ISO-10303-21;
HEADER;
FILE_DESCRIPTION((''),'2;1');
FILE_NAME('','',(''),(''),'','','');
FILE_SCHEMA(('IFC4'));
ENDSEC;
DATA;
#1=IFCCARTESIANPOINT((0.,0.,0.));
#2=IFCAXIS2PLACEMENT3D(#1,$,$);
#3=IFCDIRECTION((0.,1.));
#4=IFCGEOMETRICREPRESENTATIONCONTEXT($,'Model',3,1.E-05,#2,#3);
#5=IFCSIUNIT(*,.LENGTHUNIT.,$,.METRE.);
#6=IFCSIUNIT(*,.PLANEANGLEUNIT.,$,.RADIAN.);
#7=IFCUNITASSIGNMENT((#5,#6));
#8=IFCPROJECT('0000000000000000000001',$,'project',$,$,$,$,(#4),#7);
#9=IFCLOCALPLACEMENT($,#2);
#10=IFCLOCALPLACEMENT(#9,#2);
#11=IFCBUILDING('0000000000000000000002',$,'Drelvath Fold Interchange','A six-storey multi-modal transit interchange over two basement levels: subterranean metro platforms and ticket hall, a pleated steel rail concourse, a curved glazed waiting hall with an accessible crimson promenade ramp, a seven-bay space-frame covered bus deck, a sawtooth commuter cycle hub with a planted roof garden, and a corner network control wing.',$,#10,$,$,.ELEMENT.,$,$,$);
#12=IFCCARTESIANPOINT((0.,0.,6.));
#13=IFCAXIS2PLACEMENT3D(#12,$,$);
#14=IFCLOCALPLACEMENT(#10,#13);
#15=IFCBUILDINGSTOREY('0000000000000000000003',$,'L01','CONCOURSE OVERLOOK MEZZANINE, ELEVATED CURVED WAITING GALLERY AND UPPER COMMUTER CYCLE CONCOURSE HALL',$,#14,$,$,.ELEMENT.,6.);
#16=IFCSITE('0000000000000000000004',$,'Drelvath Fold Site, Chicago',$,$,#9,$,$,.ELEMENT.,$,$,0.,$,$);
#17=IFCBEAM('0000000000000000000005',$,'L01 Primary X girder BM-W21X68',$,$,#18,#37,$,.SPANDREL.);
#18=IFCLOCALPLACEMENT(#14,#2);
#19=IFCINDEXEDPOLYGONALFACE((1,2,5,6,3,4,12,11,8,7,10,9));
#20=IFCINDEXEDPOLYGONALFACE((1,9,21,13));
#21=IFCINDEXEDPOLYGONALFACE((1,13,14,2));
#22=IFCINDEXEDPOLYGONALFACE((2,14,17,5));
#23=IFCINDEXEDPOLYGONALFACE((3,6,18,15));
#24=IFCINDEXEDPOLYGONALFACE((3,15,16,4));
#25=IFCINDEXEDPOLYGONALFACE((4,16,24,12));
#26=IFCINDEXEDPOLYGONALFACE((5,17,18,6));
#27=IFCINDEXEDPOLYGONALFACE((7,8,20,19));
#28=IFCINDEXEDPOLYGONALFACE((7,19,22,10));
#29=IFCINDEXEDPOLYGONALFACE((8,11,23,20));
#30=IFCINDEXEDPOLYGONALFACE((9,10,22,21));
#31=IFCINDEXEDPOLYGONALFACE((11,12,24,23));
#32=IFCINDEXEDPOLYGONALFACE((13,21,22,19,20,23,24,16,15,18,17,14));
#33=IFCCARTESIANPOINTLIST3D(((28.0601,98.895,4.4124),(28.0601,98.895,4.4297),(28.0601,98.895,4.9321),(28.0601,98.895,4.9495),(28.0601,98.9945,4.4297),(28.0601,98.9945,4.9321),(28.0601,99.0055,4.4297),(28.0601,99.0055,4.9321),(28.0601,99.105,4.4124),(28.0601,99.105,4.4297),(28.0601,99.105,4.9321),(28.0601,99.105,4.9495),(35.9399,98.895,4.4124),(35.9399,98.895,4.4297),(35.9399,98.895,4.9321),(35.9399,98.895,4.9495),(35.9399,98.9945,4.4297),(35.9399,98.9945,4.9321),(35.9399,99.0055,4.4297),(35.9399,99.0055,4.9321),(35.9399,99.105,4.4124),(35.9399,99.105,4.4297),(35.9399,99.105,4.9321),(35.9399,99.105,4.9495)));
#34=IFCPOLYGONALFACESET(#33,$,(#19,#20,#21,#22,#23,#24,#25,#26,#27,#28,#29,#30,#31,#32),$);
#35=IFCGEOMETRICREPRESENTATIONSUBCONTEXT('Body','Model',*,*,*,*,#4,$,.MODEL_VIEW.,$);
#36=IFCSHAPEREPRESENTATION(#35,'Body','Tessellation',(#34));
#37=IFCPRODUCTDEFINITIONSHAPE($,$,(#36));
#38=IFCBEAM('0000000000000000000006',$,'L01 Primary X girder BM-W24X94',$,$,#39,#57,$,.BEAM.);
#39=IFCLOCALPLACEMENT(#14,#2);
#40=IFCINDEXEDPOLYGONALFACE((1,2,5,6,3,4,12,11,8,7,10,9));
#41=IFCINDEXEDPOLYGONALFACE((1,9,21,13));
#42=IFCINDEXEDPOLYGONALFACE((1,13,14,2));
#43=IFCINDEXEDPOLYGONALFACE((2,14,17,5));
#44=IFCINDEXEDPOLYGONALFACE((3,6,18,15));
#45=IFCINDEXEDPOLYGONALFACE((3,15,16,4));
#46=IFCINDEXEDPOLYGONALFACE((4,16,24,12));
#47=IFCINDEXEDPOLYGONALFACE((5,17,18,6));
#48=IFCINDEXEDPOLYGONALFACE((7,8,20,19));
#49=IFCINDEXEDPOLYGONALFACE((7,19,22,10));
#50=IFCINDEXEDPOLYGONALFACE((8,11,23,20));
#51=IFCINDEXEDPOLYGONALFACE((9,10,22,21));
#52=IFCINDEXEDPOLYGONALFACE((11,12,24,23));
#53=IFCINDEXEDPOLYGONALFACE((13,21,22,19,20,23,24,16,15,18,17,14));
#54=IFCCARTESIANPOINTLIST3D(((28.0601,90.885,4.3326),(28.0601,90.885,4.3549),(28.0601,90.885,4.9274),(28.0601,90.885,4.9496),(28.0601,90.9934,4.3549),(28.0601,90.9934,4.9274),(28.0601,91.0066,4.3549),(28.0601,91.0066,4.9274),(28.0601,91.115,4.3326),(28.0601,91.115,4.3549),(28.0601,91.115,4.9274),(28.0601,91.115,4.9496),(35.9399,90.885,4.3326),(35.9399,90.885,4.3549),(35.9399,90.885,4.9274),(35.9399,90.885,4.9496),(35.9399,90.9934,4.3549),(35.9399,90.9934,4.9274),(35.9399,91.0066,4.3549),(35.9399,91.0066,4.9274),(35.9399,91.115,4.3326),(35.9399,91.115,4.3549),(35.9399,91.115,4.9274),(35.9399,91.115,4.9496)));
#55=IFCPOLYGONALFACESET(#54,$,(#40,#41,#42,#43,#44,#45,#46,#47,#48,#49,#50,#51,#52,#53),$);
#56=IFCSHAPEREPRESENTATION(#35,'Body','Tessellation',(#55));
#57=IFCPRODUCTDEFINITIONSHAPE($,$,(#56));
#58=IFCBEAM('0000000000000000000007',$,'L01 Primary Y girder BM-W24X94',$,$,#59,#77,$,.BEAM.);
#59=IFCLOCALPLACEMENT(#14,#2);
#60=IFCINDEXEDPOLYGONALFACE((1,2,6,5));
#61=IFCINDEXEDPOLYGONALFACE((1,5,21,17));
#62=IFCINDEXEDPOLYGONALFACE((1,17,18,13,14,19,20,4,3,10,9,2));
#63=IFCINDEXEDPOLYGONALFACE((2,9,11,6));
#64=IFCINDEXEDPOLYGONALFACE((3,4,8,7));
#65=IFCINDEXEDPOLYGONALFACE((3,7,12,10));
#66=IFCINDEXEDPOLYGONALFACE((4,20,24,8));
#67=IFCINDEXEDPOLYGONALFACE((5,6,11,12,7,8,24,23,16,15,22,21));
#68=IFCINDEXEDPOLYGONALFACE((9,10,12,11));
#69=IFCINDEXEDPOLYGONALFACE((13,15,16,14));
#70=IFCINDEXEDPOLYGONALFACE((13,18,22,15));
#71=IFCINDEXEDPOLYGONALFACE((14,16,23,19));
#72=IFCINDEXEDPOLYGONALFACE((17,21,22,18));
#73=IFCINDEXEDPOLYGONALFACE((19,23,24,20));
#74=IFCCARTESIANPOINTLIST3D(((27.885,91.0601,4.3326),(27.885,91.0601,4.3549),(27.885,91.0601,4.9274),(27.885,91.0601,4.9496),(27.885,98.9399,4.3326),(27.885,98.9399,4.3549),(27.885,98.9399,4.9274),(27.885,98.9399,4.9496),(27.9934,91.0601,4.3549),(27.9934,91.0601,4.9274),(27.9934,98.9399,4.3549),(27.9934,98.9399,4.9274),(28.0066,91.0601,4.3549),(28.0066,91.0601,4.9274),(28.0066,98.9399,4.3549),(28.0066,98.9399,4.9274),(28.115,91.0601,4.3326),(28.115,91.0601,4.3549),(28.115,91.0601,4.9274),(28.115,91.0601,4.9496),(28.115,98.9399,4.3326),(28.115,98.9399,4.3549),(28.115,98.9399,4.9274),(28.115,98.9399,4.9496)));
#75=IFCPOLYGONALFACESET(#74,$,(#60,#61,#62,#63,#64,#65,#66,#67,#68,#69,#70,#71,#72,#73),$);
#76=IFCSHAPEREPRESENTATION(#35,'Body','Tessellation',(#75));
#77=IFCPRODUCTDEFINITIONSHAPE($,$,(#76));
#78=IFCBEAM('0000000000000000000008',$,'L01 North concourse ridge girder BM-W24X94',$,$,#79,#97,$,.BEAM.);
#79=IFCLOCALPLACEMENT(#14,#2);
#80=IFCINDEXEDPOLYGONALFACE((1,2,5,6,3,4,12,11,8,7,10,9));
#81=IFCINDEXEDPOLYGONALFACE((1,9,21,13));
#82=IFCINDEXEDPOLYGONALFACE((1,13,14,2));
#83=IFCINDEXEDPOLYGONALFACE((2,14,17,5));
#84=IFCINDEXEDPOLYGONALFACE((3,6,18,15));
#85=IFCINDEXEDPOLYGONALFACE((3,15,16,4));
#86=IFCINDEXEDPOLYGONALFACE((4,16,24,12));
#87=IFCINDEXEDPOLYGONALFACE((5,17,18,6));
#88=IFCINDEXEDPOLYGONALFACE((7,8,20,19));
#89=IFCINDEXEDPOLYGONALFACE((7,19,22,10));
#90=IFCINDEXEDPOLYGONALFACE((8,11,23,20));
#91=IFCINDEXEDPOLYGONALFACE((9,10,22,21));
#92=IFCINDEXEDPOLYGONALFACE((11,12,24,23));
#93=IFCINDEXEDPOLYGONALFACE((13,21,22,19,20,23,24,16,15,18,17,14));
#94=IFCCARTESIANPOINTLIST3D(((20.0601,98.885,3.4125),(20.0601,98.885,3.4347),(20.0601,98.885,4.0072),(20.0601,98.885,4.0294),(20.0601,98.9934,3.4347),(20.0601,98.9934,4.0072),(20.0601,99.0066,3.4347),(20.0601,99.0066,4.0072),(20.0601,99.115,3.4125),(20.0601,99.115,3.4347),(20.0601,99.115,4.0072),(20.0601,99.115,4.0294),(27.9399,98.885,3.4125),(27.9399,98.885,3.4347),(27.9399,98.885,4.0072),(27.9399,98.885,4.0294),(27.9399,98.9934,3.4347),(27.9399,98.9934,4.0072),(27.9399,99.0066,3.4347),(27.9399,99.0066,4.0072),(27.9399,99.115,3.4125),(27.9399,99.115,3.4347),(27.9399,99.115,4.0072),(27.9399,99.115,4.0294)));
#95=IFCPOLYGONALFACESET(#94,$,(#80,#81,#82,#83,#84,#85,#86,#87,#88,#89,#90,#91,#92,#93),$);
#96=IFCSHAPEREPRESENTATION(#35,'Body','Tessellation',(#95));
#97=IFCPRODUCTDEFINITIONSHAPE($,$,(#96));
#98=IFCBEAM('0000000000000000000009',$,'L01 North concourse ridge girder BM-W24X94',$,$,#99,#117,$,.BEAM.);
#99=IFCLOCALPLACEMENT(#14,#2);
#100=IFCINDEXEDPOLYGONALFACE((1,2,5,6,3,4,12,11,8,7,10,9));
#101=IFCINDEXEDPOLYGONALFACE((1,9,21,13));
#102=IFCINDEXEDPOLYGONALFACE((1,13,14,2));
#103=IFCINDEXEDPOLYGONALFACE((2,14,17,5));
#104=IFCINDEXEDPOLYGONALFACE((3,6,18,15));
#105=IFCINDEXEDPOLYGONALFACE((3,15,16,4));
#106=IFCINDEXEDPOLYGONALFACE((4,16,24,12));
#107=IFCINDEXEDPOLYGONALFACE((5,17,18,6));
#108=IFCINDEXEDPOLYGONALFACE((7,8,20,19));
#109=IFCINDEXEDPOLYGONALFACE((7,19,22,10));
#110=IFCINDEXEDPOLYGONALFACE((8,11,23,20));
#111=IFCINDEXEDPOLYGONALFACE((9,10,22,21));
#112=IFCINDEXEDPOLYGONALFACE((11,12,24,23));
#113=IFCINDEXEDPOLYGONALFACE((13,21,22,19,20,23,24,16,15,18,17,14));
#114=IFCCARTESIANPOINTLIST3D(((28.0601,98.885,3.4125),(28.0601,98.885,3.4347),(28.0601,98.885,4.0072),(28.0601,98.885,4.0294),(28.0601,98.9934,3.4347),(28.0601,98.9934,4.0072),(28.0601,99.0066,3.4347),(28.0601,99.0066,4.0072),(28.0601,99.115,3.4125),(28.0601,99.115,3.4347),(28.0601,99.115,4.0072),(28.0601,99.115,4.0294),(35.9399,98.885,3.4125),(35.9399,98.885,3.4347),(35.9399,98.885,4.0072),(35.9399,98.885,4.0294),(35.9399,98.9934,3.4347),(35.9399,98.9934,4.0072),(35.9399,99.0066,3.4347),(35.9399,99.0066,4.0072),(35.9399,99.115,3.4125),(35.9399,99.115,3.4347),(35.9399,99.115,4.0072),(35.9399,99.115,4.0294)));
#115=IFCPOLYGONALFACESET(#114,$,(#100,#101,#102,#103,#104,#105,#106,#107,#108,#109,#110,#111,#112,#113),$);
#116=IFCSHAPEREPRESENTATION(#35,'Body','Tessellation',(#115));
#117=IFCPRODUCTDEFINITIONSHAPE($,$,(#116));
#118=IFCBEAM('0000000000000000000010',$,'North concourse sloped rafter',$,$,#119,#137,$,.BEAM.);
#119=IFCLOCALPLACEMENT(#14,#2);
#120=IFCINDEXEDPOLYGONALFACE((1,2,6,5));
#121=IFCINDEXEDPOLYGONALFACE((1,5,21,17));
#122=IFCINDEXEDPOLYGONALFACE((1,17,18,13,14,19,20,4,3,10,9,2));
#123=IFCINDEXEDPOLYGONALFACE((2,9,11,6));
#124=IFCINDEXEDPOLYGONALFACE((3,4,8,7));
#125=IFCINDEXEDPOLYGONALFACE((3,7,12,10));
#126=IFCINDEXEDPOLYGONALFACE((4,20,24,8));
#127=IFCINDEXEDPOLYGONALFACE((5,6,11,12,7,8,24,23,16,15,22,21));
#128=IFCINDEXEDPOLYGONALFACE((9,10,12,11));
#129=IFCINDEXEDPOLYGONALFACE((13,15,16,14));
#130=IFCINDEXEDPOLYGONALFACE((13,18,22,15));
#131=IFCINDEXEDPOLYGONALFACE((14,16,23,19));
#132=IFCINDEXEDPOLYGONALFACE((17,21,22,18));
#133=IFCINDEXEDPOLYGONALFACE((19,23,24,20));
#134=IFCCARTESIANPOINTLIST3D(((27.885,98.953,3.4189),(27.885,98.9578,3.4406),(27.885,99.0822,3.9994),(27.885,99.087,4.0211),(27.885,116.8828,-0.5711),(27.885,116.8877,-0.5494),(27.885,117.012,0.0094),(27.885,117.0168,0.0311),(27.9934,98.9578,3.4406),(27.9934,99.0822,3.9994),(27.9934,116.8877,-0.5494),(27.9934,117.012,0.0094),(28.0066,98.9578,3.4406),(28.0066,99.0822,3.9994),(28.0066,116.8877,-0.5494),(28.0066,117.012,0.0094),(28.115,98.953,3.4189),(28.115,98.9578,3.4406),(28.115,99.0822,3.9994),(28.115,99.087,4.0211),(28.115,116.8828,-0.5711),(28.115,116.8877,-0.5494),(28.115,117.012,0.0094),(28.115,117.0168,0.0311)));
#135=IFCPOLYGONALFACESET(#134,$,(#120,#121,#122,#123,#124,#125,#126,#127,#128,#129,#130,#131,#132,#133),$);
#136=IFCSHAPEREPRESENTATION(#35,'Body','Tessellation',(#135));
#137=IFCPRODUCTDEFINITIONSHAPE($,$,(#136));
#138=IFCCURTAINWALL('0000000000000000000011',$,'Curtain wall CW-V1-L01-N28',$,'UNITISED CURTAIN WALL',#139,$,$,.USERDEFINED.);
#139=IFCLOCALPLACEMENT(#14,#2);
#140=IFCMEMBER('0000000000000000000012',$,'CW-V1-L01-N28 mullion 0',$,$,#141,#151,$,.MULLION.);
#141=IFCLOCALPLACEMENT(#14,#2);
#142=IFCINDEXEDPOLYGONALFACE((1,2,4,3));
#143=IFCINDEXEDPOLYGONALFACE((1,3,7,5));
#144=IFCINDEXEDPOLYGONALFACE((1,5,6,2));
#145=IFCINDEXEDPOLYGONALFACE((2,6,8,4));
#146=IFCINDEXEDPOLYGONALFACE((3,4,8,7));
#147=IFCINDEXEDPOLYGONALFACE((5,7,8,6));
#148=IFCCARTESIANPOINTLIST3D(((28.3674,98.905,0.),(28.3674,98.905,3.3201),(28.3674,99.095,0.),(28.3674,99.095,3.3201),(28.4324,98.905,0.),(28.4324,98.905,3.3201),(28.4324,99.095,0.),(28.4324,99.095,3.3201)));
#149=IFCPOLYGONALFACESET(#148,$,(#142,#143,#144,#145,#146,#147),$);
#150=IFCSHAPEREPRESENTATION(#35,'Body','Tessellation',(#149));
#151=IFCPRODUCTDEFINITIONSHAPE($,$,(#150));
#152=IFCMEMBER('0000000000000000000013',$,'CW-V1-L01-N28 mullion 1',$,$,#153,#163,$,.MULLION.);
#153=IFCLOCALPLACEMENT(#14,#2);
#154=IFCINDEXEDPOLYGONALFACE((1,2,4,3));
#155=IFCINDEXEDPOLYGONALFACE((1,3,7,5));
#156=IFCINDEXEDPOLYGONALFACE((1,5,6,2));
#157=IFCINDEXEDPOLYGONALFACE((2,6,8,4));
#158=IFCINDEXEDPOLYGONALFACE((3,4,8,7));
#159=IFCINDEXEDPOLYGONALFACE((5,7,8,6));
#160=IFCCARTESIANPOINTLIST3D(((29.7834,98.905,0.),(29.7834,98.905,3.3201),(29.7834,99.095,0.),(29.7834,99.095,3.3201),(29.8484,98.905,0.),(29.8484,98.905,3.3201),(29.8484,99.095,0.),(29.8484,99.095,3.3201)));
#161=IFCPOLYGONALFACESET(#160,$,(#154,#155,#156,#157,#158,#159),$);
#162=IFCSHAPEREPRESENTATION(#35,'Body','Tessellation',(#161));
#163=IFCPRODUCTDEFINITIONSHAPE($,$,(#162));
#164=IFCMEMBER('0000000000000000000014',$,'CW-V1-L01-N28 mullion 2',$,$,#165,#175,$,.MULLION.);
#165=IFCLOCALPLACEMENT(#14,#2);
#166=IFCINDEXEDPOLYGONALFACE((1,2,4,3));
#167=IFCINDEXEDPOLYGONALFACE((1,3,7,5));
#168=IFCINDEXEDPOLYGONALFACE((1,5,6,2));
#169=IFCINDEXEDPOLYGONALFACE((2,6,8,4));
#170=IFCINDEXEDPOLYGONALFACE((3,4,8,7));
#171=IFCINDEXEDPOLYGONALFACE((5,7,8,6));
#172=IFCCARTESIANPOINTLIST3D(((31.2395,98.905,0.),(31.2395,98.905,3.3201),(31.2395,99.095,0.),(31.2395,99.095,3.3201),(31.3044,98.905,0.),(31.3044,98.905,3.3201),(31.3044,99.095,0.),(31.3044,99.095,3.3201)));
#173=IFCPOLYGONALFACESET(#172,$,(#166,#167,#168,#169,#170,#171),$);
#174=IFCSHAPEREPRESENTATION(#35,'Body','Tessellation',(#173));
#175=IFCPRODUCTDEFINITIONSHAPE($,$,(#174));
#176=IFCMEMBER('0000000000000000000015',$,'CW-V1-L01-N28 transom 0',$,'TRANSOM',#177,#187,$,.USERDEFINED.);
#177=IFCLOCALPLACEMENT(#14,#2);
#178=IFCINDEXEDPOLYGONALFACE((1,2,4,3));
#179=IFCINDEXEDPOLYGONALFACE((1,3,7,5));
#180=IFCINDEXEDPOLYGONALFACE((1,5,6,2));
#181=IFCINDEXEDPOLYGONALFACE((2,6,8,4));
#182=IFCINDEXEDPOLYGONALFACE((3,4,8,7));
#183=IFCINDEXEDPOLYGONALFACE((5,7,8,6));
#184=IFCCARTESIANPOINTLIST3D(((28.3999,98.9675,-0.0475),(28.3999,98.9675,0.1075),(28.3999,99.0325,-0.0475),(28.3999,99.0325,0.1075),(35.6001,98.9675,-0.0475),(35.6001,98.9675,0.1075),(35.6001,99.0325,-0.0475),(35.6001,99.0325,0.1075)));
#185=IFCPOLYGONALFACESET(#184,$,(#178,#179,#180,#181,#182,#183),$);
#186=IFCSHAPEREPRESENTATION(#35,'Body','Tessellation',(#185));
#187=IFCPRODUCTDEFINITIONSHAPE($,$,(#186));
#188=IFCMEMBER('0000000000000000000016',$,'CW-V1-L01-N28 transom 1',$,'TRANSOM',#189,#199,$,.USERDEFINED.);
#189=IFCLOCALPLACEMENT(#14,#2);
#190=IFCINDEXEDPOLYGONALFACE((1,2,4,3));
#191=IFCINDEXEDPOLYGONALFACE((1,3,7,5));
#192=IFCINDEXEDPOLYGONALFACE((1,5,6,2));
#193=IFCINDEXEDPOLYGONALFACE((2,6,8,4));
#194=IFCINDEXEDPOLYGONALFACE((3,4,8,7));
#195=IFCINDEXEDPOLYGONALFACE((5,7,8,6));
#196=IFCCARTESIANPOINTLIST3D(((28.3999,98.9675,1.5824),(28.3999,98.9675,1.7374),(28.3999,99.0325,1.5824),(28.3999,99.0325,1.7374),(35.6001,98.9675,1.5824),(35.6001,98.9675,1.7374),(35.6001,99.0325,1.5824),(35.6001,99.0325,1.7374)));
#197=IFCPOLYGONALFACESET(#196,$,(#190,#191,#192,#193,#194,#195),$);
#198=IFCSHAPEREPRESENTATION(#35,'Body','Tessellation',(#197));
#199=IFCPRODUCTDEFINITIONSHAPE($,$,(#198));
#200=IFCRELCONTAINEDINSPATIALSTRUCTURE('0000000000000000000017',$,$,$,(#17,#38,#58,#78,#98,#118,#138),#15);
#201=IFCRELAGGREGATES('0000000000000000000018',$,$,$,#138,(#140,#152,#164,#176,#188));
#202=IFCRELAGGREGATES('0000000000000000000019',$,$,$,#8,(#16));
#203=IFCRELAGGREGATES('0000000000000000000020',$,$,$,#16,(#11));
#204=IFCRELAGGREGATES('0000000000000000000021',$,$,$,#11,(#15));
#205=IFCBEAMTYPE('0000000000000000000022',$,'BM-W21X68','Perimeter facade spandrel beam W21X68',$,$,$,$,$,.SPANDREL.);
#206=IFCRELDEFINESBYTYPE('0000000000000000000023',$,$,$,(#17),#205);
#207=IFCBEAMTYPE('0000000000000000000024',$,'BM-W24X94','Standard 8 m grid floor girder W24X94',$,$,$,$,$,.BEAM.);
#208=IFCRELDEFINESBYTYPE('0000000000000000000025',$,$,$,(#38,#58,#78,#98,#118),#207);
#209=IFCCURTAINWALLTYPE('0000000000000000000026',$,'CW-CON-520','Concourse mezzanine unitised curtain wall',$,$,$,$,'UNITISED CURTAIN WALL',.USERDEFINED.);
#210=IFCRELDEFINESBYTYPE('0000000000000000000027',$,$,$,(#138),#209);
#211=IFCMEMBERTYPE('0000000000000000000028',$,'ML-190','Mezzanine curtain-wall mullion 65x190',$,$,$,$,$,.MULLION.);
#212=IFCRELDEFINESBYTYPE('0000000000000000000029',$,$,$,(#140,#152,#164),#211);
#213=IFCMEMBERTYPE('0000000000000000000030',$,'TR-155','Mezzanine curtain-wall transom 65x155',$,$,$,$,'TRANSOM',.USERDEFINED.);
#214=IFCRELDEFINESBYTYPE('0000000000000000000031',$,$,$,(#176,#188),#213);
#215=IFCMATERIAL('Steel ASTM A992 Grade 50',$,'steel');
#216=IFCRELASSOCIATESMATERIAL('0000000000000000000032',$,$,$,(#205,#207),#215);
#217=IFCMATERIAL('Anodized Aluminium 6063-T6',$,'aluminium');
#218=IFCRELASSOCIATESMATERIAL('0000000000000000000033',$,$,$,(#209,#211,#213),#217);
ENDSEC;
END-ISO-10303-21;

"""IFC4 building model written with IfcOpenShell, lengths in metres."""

from ifc_helpers import new_model, si_unit, direction, frame, origin, origin_2d, place, context, subcontext, project, spatial, rectangle, i_section, extrude, material, material_profile, profile_set, type_object, element, aggregate, save


model = new_model("IFC4")

# Units and contexts
model_context = context("Model", 3, precision=1e-05, world=origin(), true_north=direction((0.0, 1.0)))
body_context = subcontext(model_context, "Body", "Model", "MODEL_VIEW")
ifc_project = project(units=[si_unit("LENGTHUNIT", "METRE"), si_unit("PLANEANGLEUNIT", "RADIAN")], contexts=[model_context])

# Site, building, storey
site_placement = place(None, origin())
site = spatial("IfcSite", under=ifc_project, at=site_placement, Name="Drelvath Fold Site, Chicago", CompositionType="ELEMENT", RefElevation=0.0)
building_placement = place(site_placement, origin())
building = spatial("IfcBuilding", under=site, at=building_placement, Name="Drelvath Fold Interchange", Description="A six-storey multi-modal transit interchange over two basement levels: subterranean metro platforms and ticket hall, a pleated steel rail concourse, a curved glazed waiting hall with an accessible crimson promenade ramp, a seven-bay space-frame covered bus deck, a sawtooth commuter cycle hub with a planted roof garden, and a corner network control wing.", CompositionType="ELEMENT")
storey_placement = place(building_placement, frame((0.0, 0.0, 6.0)))
storey = spatial("IfcBuildingStorey", under=building, at=storey_placement, Name="L01", Description="CONCOURSE OVERLOOK MEZZANINE, ELEVATED CURVED WAITING GALLERY AND UPPER COMMUTER CYCLE CONCOURSE HALL", CompositionType="ELEMENT", Elevation=6.0)

# Beams
ifc_material_1 = material(Name="Steel ASTM A992 Grade 50", Category="steel")
ifc_material_profile_1 = material_profile(ifc_material_1, i_section(OverallWidth=0.21, OverallDepth=0.5371, WebThickness=0.011, FlangeThickness=0.0173, at=origin_2d()), Name="W21X68")
ifc_profile_set_1 = profile_set([ifc_material_profile_1], Name="Steel ASTM A992 Grade 50")
beam_type_1 = type_object("IfcBeamType", Name="BM-W21X68", Description="Perimeter facade spandrel beam W21X68", PredefinedType="SPANDREL", material=ifc_profile_set_1)
for number, where, z_axis, x_axis, name in (
    (1, (28.0601, 99.0, 4.6809), (1.0, 0.0, 0.0), (0.0, 1.0, 0.0), "L01 Primary X girder BM-W21X68"),
):
    element("IfcBeam", number, at=place(storey_placement, frame(where, z_axis=z_axis, x_axis=x_axis)), inside=storey, type_object=beam_type_1, Name=name, PredefinedType="SPANDREL", context=body_context, shape_type="SweptSolid", body=[
        extrude(i_section(OverallWidth=0.21, OverallDepth=0.5371, WebThickness=0.011, FlangeThickness=0.0173, at=origin_2d()), origin(), (0.0, 0.0, 1.0), 7.8799),
    ])
ifc_material_profile_2 = material_profile(ifc_material_1, i_section(OverallWidth=0.23, OverallDepth=0.6169, WebThickness=0.0132, FlangeThickness=0.0222, at=origin_2d()), Name="W24X94")
ifc_profile_set_2 = profile_set([ifc_material_profile_2], Name="Steel ASTM A992 Grade 50")
beam_type_2 = type_object("IfcBeamType", Name="BM-W24X94", Description="Standard 8 m grid floor girder W24X94", PredefinedType="BEAM", material=ifc_profile_set_2)
for number, where, z_axis, x_axis, name in (
    (2, (28.0601, 91.0, 4.6411), (1.0, 0.0, 0.0), (0.0, 1.0, 0.0), "L01 Primary X girder BM-W24X94"),
    (3, (28.0, 91.0601, 4.6411), (0.0, 1.0, 0.0), (-1.0, 0.0, 0.0), "L01 Primary Y girder BM-W24X94"),
    (4, (20.0601, 99.0, 3.7209), (1.0, 0.0, 0.0), (0.0, 1.0, 0.0), "L01 North concourse ridge girder BM-W24X94"),
    (5, (28.0601, 99.0, 3.7209), (1.0, 0.0, 0.0), (0.0, 1.0, 0.0), "L01 North concourse ridge girder BM-W24X94"),
):
    element("IfcBeam", number, at=place(storey_placement, frame(where, z_axis=z_axis, x_axis=x_axis)), inside=storey, type_object=beam_type_2, Name=name, PredefinedType="BEAM", context=body_context, shape_type="SweptSolid", body=[
        extrude(i_section(OverallWidth=0.23, OverallDepth=0.6169, WebThickness=0.0132, FlangeThickness=0.0222, at=origin_2d()), origin(), (0.0, 0.0, 1.0), 7.8799),
    ])
beam_placement = place(storey_placement, frame((28.0, 99.02, 3.72), z_axis=(0.0, 0.976123, -0.217219), x_axis=(-1.0, 0.0, 0.0)))
element("IfcBeam", 6, at=beam_placement, inside=storey, type_object=beam_type_2, Name="North concourse sloped rafter", PredefinedType="BEAM", context=body_context, shape_type="SweptSolid", body=[
    extrude(i_section(OverallWidth=0.23, OverallDepth=0.6169, WebThickness=0.0132, FlangeThickness=0.0222, at=origin_2d()), origin(), (0.0, 0.0, 1.0), 18.3684),
])

# Curtain wall, members
ifc_material_2 = material(Name="Anodized Aluminium 6063-T6", Category="aluminium")
curtain_wall_type = type_object("IfcCurtainWallType", Name="CW-CON-520", Description="Concourse mezzanine unitised curtain wall", ElementType="UNITISED CURTAIN WALL", PredefinedType="USERDEFINED", material=ifc_material_2)
curtain_wall_placement = place(storey_placement, origin())
curtain_wall = element("IfcCurtainWall", 7, at=curtain_wall_placement, inside=storey, type_object=curtain_wall_type, Name="Curtain wall CW-V1-L01-N28", ObjectType="UNITISED CURTAIN WALL", PredefinedType="USERDEFINED")
ifc_material_profile_3 = material_profile(ifc_material_2, rectangle(XDim=0.0649, YDim=0.1899, at=origin_2d()), Name="AL-M 65x190")
ifc_profile_set_3 = profile_set([ifc_material_profile_3], Name="Anodized Aluminium 6063-T6")
member_type_1 = type_object("IfcMemberType", Name="ML-190", Description="Mezzanine curtain-wall mullion 65x190", PredefinedType="MULLION", material=ifc_profile_set_3)
member_1_placement = place(storey_placement, frame((28.3999, 99.0, 0.0), z_axis=(0.0, 0.0, 1.0), x_axis=(1.0, 0.0, 0.0)))
member_1 = element("IfcMember", 8, at=member_1_placement, type_object=member_type_1, Name="CW-V1-L01-N28 mullion 0", PredefinedType="MULLION", context=body_context, shape_type="SweptSolid", body=[
    extrude(rectangle(XDim=0.0649, YDim=0.1899, at=origin_2d()), origin(), (0.0, 0.0, 1.0), 3.3201),
])
member_2_placement = place(storey_placement, frame((29.8159, 99.0, 0.0), z_axis=(0.0, 0.0, 1.0), x_axis=(1.0, 0.0, 0.0)))
member_2 = element("IfcMember", 9, at=member_2_placement, type_object=member_type_1, Name="CW-V1-L01-N28 mullion 1", PredefinedType="MULLION", context=body_context, shape_type="SweptSolid", body=[
    extrude(rectangle(XDim=0.0649, YDim=0.1899, at=origin_2d()), origin(), (0.0, 0.0, 1.0), 3.3201),
])
member_3_placement = place(storey_placement, frame((31.272, 99.0, 0.0), z_axis=(0.0, 0.0, 1.0), x_axis=(1.0, 0.0, 0.0)))
member_3 = element("IfcMember", 10, at=member_3_placement, type_object=member_type_1, Name="CW-V1-L01-N28 mullion 2", PredefinedType="MULLION", context=body_context, shape_type="SweptSolid", body=[
    extrude(rectangle(XDim=0.0649, YDim=0.1899, at=origin_2d()), origin(), (0.0, 0.0, 1.0), 3.3201),
])
ifc_material_profile_4 = material_profile(ifc_material_2, rectangle(XDim=0.0649, YDim=0.155, at=origin_2d()), Name="AL-T 65x155")
ifc_profile_set_4 = profile_set([ifc_material_profile_4], Name="Anodized Aluminium 6063-T6")
member_type_2 = type_object("IfcMemberType", Name="TR-155", Description="Mezzanine curtain-wall transom 65x155", ElementType="TRANSOM", PredefinedType="USERDEFINED", material=ifc_profile_set_4)
member_4_placement = place(storey_placement, frame((28.3999, 99.0, 0.03), z_axis=(1.0, 0.0, 0.0), x_axis=(0.0, 1.0, 0.0)))
member_4 = element("IfcMember", 11, at=member_4_placement, type_object=member_type_2, Name="CW-V1-L01-N28 transom 0", ObjectType="TRANSOM", PredefinedType="USERDEFINED", context=body_context, shape_type="SweptSolid", body=[
    extrude(rectangle(XDim=0.0649, YDim=0.155, at=origin_2d()), origin(), (0.0, 0.0, 1.0), 7.2002),
])
member_5_placement = place(storey_placement, frame((28.3999, 99.0, 1.6599), z_axis=(1.0, 0.0, 0.0), x_axis=(0.0, 1.0, 0.0)))
member_5 = element("IfcMember", 12, at=member_5_placement, type_object=member_type_2, Name="CW-V1-L01-N28 transom 1", ObjectType="TRANSOM", PredefinedType="USERDEFINED", context=body_context, shape_type="SweptSolid", body=[
    extrude(rectangle(XDim=0.0649, YDim=0.155, at=origin_2d()), origin(), (0.0, 0.0, 1.0), 7.2002),
])
aggregate(curtain_wall, [member_1, member_2, member_3, member_4, member_5])

save(model, "model.ifc")
